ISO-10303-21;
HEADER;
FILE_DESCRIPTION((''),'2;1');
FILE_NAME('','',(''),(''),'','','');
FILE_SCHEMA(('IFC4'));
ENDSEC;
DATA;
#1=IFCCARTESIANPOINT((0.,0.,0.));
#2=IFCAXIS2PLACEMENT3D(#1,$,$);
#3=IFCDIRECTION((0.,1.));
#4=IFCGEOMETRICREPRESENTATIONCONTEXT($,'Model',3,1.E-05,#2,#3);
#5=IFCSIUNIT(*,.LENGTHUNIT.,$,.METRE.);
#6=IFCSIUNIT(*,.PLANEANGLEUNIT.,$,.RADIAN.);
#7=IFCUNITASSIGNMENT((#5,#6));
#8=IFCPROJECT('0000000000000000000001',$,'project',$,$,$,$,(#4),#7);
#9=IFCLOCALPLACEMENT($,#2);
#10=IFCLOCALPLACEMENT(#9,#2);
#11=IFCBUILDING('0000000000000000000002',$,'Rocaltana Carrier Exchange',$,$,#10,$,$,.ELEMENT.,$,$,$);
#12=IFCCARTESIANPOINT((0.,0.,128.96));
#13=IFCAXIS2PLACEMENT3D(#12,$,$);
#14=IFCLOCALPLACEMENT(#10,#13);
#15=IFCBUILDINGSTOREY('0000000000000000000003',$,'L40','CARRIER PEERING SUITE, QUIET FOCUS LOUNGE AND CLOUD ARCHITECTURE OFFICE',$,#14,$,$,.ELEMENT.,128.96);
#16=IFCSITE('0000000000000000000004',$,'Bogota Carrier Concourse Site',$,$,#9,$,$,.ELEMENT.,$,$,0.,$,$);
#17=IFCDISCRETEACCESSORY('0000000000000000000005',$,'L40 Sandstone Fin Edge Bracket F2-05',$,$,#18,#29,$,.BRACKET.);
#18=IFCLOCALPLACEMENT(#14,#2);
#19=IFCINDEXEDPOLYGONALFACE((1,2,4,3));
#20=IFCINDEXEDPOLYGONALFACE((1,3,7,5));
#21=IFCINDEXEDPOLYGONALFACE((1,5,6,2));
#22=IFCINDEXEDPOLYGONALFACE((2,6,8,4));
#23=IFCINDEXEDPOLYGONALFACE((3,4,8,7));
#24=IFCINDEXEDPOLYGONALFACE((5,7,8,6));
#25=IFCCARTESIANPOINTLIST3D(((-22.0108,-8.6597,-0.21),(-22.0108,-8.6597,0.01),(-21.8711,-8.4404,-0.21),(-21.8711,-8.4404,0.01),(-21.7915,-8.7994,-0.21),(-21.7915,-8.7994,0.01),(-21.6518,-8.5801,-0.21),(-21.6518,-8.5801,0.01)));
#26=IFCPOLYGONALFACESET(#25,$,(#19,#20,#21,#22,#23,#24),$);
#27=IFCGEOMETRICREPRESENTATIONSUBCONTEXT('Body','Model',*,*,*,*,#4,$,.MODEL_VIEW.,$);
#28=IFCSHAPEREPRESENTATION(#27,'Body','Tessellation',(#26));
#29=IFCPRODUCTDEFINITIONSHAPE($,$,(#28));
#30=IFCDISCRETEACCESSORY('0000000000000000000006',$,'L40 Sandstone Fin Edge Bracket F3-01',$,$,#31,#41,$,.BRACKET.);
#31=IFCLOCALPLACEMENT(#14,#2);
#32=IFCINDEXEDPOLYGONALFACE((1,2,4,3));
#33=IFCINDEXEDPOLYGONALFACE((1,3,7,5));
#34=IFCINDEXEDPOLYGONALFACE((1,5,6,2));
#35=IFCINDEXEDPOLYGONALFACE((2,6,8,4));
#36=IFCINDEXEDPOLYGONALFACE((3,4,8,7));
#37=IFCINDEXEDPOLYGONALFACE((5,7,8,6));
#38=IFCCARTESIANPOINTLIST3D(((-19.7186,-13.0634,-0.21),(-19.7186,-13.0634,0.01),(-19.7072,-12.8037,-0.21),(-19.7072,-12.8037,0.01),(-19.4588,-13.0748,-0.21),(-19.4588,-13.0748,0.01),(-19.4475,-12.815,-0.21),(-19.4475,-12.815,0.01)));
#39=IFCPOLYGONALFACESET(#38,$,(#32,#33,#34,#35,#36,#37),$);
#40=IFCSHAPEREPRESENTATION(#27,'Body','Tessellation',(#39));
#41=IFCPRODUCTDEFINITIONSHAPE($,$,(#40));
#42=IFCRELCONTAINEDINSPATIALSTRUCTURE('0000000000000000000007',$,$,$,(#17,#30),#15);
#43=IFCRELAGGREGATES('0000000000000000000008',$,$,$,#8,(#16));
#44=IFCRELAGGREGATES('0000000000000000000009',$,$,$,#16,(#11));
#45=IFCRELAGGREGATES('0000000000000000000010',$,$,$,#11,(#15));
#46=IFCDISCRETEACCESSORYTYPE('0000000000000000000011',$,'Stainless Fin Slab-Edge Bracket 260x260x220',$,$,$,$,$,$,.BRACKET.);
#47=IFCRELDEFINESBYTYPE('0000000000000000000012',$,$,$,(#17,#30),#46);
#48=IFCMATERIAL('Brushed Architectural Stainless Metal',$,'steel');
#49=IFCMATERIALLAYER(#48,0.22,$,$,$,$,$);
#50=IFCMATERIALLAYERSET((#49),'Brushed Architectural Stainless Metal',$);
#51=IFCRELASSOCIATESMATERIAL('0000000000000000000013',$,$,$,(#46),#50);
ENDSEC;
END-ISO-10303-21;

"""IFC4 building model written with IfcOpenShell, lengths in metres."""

from ifc_helpers import new_model, si_unit, direction, frame, origin, origin_2d, place, context, subcontext, project, spatial, rectangle, extrude, material, layer, layer_set, type_object, element, save


model = new_model("IFC4")

# Units and contexts
model_context = context("Model", 3, precision=1e-05, world=origin(), true_north=direction((0.0, 1.0)))
body_context = subcontext(model_context, "Body", "Model", "MODEL_VIEW")
ifc_project = project(units=[si_unit("LENGTHUNIT", "METRE"), si_unit("PLANEANGLEUNIT", "RADIAN")], contexts=[model_context])

# Site, building, storey
site_placement = place(None, origin())
site = spatial("IfcSite", under=ifc_project, at=site_placement, Name="Bogota Carrier Concourse Site", CompositionType="ELEMENT", RefElevation=0.0)
building_placement = place(site_placement, origin())
building = spatial("IfcBuilding", under=site, at=building_placement, Name="Rocaltana Carrier Exchange", CompositionType="ELEMENT")
storey_placement = place(building_placement, frame((0.0, 0.0, 128.96)))
storey = spatial("IfcBuildingStorey", under=building, at=storey_placement, Name="L40", Description="CARRIER PEERING SUITE, QUIET FOCUS LOUNGE AND CLOUD ARCHITECTURE OFFICE", CompositionType="ELEMENT", Elevation=128.96)

# Discrete accessories
ifc_material_1 = material(Name="Brushed Architectural Stainless Metal", Category="steel")
ifc_layer_1 = layer(ifc_material_1, 0.22)
ifc_layer_set_1 = layer_set([ifc_layer_1], Name="Brushed Architectural Stainless Metal")
discrete_accessory_type = type_object("IfcDiscreteAccessoryType", Name="Stainless Fin Slab-Edge Bracket 260x260x220", PredefinedType="BRACKET", material=ifc_layer_set_1)
for number, where, z_axis, x_axis, name in (
    (1, (-21.8313, -8.6199, -0.21), (0.0, 0.0, 1.0), (-0.5373, -0.843391, 0.0), "L40 Sandstone Fin Edge Bracket F2-05"),
    (2, (-19.583, -12.9392, -0.21), (0.0, 0.0, 1.0), (0.999048, -0.043619, 0.0), "L40 Sandstone Fin Edge Bracket F3-01"),
):
    element("IfcDiscreteAccessory", number, at=place(storey_placement, frame(where, z_axis=z_axis, x_axis=x_axis)), inside=storey, type_object=discrete_accessory_type, Name=name, PredefinedType="BRACKET", context=body_context, shape_type="SweptSolid", body=[
        extrude(rectangle(XDim=0.26, YDim=0.26, at=origin_2d()), origin(), (0.0, 0.0, 1.0), 0.22),
    ])

save(model, "model.ifc")
